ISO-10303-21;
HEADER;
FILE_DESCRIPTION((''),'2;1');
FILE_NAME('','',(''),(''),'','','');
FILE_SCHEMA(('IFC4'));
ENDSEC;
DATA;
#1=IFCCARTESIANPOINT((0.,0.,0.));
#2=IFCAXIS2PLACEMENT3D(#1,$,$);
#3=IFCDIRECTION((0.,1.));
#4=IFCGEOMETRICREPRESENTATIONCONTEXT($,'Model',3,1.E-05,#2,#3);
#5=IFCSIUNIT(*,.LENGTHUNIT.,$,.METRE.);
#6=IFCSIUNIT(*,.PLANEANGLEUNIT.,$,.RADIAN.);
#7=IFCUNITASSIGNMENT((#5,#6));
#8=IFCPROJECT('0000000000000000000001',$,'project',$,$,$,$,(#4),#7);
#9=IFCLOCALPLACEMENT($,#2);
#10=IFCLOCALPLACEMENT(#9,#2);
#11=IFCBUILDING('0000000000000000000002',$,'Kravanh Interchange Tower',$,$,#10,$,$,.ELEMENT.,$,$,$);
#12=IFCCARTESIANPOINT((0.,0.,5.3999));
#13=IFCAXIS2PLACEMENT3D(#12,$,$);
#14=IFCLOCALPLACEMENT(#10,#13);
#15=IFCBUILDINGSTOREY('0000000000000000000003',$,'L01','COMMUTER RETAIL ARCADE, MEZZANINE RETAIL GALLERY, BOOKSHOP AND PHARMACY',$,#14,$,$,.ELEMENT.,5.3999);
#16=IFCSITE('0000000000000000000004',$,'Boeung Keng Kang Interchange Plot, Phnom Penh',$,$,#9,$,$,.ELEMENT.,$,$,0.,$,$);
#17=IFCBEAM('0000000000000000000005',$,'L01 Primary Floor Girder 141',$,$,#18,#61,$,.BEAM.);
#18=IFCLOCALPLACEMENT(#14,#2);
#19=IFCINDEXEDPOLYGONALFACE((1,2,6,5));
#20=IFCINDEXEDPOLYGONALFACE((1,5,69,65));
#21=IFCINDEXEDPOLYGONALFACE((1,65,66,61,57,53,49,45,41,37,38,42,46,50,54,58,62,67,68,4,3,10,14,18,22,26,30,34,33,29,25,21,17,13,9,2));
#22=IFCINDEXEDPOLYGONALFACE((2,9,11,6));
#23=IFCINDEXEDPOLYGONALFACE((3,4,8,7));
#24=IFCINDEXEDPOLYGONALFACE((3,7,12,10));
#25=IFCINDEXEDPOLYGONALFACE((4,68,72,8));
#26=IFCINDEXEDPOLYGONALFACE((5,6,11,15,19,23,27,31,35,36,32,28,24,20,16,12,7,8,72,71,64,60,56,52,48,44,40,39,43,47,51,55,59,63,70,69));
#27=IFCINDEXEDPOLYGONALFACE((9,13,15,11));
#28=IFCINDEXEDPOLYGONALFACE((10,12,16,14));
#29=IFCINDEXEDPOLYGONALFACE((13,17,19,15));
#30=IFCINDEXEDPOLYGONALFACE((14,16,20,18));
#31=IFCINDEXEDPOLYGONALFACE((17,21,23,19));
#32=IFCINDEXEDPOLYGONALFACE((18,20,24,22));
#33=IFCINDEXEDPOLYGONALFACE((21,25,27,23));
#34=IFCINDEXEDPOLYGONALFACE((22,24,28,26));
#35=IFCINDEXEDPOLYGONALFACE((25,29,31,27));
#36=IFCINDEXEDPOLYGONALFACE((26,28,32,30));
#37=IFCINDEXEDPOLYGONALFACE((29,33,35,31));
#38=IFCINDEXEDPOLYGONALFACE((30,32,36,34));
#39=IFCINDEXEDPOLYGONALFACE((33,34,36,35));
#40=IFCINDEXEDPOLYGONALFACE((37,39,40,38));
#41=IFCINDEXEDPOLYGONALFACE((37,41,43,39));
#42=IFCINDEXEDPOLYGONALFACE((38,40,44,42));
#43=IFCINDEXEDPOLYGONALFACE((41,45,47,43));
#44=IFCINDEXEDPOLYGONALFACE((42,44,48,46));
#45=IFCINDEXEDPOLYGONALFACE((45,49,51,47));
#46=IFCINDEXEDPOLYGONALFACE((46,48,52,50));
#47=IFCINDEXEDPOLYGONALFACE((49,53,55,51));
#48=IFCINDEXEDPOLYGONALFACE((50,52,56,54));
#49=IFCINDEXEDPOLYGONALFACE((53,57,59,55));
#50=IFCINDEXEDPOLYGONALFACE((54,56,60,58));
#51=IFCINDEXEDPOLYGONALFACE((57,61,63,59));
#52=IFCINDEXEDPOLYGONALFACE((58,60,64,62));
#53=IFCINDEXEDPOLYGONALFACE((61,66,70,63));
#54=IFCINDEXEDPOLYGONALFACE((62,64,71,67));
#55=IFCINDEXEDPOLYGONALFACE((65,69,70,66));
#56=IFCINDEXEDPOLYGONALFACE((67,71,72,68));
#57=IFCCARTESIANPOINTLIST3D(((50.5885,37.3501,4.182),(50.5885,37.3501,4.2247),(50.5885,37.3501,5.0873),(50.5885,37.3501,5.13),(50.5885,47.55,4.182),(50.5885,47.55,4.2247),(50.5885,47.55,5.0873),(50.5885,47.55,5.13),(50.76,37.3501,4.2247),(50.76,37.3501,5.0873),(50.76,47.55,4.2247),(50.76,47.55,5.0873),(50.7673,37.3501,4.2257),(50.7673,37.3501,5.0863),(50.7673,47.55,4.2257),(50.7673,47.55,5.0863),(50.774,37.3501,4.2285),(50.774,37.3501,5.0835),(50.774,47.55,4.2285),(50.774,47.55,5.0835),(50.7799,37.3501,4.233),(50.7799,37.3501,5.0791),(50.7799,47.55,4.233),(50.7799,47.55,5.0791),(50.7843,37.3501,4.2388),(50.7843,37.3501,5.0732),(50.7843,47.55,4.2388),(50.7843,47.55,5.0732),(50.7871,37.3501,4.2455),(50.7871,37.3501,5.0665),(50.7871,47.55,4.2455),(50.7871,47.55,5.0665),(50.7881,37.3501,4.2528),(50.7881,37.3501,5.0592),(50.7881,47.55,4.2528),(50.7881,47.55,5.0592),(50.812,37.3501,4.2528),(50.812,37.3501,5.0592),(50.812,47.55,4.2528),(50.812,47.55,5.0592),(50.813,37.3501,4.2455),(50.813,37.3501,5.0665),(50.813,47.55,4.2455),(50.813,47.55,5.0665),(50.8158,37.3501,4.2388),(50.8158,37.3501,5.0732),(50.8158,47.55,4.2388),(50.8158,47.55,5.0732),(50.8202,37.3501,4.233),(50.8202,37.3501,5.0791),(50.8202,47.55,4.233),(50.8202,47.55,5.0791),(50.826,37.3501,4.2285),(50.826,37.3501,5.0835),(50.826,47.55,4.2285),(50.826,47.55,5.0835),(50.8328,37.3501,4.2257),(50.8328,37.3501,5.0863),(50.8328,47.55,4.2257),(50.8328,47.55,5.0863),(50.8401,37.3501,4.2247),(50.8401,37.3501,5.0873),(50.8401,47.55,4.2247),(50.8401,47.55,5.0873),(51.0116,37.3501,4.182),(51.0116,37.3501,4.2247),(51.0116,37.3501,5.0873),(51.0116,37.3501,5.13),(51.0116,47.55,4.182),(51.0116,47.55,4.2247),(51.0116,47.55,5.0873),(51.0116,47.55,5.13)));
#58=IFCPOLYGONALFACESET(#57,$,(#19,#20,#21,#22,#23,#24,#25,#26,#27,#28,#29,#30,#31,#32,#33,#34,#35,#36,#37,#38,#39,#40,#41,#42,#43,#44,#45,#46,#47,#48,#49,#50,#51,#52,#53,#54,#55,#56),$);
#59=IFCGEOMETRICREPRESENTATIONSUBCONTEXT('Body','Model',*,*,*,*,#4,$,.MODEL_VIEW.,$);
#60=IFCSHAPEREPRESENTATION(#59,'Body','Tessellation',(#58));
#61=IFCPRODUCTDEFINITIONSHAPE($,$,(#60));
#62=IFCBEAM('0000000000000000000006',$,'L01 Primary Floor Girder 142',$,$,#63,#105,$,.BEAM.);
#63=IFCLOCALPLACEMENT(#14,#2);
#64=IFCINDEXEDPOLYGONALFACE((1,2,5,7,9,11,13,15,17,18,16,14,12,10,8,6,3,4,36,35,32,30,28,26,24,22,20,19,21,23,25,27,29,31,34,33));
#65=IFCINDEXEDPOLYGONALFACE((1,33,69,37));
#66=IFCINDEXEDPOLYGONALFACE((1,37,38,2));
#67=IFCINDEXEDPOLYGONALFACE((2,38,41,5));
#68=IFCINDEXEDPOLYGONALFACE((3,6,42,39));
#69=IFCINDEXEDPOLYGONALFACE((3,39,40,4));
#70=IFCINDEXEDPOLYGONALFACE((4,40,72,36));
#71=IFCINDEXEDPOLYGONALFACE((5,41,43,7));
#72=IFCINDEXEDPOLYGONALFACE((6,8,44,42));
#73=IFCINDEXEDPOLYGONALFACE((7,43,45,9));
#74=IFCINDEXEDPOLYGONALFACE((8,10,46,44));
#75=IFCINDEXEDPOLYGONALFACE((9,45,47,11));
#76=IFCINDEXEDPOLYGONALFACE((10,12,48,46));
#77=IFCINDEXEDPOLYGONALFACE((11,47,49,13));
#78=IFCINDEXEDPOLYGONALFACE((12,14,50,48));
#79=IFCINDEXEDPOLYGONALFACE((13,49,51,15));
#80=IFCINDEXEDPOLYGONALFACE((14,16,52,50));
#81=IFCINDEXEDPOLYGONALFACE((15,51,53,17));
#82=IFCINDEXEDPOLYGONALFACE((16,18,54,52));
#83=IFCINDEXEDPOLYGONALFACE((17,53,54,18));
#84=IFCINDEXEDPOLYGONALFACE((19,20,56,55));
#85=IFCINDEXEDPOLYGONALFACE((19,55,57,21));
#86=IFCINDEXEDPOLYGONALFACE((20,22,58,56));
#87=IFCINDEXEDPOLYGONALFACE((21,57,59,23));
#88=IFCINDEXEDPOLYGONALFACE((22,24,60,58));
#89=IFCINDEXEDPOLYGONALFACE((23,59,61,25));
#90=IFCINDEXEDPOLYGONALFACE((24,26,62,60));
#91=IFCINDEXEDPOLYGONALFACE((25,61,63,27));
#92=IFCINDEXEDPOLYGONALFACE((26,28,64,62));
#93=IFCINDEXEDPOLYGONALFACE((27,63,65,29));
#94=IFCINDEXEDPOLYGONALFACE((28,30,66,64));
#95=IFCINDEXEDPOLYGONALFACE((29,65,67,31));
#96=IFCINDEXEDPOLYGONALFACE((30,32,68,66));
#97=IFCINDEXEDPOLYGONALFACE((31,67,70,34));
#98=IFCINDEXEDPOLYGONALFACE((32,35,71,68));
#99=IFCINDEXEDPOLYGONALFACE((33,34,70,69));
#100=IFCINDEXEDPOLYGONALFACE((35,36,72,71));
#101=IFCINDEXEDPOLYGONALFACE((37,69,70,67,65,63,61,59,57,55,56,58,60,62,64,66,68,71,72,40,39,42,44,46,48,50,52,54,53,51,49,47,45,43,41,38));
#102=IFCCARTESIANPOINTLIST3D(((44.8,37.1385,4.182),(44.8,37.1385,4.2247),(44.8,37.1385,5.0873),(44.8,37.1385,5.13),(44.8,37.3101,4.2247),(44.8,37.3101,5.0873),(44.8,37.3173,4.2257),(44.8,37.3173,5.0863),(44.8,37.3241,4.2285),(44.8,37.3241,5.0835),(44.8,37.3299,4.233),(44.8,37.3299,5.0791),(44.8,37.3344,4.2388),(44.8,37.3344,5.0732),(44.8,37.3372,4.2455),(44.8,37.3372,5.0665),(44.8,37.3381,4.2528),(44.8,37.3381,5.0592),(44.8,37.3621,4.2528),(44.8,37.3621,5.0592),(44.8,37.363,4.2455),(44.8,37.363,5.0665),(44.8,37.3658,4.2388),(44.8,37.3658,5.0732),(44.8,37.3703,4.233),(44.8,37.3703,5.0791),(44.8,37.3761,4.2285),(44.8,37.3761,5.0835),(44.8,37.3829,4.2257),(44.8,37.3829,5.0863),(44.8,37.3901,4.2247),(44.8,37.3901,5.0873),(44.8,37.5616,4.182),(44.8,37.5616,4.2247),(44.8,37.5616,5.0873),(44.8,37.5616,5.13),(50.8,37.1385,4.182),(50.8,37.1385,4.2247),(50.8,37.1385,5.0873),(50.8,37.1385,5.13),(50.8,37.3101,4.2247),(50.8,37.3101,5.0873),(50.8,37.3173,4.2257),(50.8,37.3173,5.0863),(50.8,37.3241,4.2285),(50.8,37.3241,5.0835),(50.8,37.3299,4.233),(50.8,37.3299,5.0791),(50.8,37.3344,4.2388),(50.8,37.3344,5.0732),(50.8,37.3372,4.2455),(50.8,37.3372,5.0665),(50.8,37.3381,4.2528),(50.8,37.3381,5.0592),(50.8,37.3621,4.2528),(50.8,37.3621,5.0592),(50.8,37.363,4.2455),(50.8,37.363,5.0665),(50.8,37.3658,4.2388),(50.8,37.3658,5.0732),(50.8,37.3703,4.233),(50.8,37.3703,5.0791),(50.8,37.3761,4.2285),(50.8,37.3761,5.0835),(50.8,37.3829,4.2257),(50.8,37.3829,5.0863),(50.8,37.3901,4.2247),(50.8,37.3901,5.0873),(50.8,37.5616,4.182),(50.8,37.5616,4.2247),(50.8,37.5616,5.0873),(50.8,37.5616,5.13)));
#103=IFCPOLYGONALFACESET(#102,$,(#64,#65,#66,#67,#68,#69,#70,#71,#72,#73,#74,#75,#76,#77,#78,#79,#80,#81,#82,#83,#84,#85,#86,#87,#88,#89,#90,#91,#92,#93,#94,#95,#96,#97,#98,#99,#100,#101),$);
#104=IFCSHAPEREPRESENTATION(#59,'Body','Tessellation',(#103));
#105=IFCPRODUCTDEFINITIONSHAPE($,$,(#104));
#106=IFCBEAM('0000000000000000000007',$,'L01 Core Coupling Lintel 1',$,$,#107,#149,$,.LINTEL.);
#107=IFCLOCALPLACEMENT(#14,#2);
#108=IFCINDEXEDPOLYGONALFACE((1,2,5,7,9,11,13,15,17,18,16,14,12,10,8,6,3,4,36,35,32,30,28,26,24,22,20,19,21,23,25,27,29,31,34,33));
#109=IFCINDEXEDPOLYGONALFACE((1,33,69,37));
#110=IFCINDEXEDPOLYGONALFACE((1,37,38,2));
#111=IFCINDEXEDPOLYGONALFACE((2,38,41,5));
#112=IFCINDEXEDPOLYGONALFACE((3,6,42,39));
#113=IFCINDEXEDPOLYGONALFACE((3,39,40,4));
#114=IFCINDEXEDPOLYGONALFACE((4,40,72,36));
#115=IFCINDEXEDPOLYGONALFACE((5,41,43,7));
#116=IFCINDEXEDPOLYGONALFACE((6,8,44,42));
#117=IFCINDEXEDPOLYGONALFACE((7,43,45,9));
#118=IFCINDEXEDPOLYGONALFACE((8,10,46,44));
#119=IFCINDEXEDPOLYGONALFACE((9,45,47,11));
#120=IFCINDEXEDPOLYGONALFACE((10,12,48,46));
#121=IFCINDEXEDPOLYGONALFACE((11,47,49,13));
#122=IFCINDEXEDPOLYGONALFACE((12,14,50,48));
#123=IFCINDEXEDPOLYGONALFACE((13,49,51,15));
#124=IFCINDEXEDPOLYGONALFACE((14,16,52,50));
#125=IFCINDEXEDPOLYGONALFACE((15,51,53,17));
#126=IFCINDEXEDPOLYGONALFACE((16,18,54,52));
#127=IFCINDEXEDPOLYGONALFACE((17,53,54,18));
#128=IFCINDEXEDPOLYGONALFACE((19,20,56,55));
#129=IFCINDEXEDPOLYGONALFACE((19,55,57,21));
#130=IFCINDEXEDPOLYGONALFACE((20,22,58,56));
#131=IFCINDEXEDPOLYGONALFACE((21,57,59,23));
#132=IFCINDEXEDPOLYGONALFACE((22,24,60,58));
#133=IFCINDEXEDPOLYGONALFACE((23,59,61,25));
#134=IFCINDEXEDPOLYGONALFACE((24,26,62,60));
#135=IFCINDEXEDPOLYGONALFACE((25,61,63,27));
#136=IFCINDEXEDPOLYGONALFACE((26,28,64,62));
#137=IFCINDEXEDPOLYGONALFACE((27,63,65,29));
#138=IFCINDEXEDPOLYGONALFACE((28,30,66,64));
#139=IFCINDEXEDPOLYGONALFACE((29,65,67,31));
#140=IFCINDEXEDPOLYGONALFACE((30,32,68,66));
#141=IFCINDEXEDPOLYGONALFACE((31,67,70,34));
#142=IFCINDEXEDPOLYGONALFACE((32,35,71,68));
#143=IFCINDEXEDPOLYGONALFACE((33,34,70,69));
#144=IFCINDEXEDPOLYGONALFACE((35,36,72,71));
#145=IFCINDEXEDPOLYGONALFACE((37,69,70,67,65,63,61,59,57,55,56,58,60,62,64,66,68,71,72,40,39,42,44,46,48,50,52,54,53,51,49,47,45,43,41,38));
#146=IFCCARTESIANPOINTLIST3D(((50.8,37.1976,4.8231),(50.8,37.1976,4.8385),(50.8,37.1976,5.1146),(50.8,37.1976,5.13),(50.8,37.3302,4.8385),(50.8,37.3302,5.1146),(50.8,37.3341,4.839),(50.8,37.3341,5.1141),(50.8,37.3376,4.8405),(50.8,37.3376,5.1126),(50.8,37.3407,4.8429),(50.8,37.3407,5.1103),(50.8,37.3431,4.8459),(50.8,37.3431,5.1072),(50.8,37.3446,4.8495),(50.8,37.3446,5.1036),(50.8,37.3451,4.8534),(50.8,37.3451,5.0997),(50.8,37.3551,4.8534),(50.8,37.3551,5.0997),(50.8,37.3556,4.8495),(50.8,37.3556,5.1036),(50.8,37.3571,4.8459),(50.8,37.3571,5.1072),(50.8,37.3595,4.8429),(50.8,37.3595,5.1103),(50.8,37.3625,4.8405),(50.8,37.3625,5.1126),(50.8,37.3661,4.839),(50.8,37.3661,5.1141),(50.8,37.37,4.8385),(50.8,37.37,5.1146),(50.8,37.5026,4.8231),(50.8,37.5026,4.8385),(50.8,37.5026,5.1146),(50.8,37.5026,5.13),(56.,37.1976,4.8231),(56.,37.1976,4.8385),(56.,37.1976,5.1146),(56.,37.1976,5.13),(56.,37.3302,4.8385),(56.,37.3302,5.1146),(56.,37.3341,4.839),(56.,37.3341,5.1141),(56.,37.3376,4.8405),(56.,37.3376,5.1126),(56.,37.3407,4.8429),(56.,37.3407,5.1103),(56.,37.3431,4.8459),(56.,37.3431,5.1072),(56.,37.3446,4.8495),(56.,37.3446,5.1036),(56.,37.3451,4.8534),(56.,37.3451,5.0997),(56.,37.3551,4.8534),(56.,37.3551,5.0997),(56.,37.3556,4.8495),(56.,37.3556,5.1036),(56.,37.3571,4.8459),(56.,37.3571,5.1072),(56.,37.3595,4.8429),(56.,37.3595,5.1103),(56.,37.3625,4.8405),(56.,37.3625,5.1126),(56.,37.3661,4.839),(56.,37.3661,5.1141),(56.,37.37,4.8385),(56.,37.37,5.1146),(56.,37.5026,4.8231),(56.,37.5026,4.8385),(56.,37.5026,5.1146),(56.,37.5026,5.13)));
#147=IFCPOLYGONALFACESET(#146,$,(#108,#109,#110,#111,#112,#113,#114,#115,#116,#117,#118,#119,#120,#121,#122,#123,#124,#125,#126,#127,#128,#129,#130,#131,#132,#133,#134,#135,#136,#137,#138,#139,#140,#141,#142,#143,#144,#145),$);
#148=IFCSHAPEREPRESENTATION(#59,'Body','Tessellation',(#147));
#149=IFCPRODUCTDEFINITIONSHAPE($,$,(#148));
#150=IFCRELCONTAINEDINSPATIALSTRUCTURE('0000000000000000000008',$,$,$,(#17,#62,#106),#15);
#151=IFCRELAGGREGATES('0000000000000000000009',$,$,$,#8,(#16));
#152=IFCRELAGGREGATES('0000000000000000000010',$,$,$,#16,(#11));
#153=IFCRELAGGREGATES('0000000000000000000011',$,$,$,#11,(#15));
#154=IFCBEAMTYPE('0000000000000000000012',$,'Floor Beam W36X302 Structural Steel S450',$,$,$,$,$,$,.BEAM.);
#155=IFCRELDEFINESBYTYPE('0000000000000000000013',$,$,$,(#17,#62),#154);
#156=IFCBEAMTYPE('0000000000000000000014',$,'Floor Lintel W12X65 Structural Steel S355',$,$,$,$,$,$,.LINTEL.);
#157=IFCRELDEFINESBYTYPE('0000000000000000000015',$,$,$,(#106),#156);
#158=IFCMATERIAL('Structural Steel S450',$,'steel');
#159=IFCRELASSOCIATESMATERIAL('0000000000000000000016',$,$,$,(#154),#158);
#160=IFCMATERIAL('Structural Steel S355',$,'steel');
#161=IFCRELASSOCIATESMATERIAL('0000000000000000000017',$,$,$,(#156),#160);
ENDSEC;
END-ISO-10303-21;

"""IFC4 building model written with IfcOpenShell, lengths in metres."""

from ifc_helpers import new_model, si_unit, direction, frame, origin, origin_2d, place, context, subcontext, project, spatial, i_section, extrude, material, material_profile, profile_set, type_object, element, save


model = new_model("IFC4")

# Units and contexts
model_context = context("Model", 3, precision=1e-05, world=origin(), true_north=direction((0.0, 1.0)))
body_context = subcontext(model_context, "Body", "Model", "MODEL_VIEW")
ifc_project = project(units=[si_unit("LENGTHUNIT", "METRE"), si_unit("PLANEANGLEUNIT", "RADIAN")], contexts=[model_context])

# Site, building, storey
site_placement = place(None, origin())
site = spatial("IfcSite", under=ifc_project, at=site_placement, Name="Boeung Keng Kang Interchange Plot, Phnom Penh", CompositionType="ELEMENT", RefElevation=0.0)
building_placement = place(site_placement, origin())
building = spatial("IfcBuilding", under=site, at=building_placement, Name="Kravanh Interchange Tower", CompositionType="ELEMENT")
storey_placement = place(building_placement, frame((0.0, 0.0, 5.3999)))
storey = spatial("IfcBuildingStorey", under=building, at=storey_placement, Name="L01", Description="COMMUTER RETAIL ARCADE, MEZZANINE RETAIL GALLERY, BOOKSHOP AND PHARMACY", CompositionType="ELEMENT", Elevation=5.3999)

# Beams
ifc_material_1 = material(Name="Structural Steel S450", Category="steel")
ifc_material_profile_1 = material_profile(ifc_material_1, i_section(OverallWidth=0.4231, OverallDepth=0.948, WebThickness=0.0239, FlangeThickness=0.0427, FilletRadius=0.0281, at=origin_2d()), Name="W36X302")
ifc_profile_set_1 = profile_set([ifc_material_profile_1], Name="Structural Steel S450")
beam_type_1 = type_object("IfcBeamType", Name="Floor Beam W36X302 Structural Steel S450", PredefinedType="BEAM", material=ifc_profile_set_1)
beam_1_placement = place(storey_placement, frame((50.8, 47.55, 4.656), z_axis=(0.0, -1.0, 0.0), x_axis=(1.0, 0.0, 0.0)))
element("IfcBeam", 1, at=beam_1_placement, inside=storey, type_object=beam_type_1, Name="L01 Primary Floor Girder 141", PredefinedType="BEAM", context=body_context, shape_type="SweptSolid", body=[
    extrude(i_section(OverallWidth=0.4231, OverallDepth=0.948, WebThickness=0.0239, FlangeThickness=0.0427, FilletRadius=0.0281, at=origin_2d()), origin(), (0.0, 0.0, 1.0), 10.2),
])
beam_2_placement = place(storey_placement, frame((50.8, 37.3501, 4.656), z_axis=(-1.0, 0.0, 0.0), x_axis=(0.0, -1.0, 0.0)))
element("IfcBeam", 2, at=beam_2_placement, inside=storey, type_object=beam_type_1, Name="L01 Primary Floor Girder 142", PredefinedType="BEAM", context=body_context, shape_type="SweptSolid", body=[
    extrude(i_section(OverallWidth=0.4231, OverallDepth=0.948, WebThickness=0.0239, FlangeThickness=0.0427, FilletRadius=0.0281, at=origin_2d()), origin(), (0.0, 0.0, 1.0), 6.0),
])
ifc_material_2 = material(Name="Structural Steel S355", Category="steel")
ifc_material_profile_2 = material_profile(ifc_material_2, i_section(OverallWidth=0.3049, OverallDepth=0.3069, WebThickness=0.01, FlangeThickness=0.0154, FilletRadius=0.0149, at=origin_2d()), Name="W12X65")
ifc_profile_set_2 = profile_set([ifc_material_profile_2], Name="Structural Steel S355")
beam_type_2 = type_object("IfcBeamType", Name="Floor Lintel W12X65 Structural Steel S355", PredefinedType="LINTEL", material=ifc_profile_set_2)
beam_3_placement = place(storey_placement, frame((50.8, 37.3501, 4.9766), z_axis=(1.0, 0.0, 0.0), x_axis=(0.0, 1.0, 0.0)))
element("IfcBeam", 3, at=beam_3_placement, inside=storey, type_object=beam_type_2, Name="L01 Core Coupling Lintel 1", PredefinedType="LINTEL", context=body_context, shape_type="SweptSolid", body=[
    extrude(i_section(OverallWidth=0.3049, OverallDepth=0.3069, WebThickness=0.01, FlangeThickness=0.0154, FilletRadius=0.0149, at=origin_2d()), origin(), (0.0, 0.0, 1.0), 5.2),
])

save(model, "model.ifc")
